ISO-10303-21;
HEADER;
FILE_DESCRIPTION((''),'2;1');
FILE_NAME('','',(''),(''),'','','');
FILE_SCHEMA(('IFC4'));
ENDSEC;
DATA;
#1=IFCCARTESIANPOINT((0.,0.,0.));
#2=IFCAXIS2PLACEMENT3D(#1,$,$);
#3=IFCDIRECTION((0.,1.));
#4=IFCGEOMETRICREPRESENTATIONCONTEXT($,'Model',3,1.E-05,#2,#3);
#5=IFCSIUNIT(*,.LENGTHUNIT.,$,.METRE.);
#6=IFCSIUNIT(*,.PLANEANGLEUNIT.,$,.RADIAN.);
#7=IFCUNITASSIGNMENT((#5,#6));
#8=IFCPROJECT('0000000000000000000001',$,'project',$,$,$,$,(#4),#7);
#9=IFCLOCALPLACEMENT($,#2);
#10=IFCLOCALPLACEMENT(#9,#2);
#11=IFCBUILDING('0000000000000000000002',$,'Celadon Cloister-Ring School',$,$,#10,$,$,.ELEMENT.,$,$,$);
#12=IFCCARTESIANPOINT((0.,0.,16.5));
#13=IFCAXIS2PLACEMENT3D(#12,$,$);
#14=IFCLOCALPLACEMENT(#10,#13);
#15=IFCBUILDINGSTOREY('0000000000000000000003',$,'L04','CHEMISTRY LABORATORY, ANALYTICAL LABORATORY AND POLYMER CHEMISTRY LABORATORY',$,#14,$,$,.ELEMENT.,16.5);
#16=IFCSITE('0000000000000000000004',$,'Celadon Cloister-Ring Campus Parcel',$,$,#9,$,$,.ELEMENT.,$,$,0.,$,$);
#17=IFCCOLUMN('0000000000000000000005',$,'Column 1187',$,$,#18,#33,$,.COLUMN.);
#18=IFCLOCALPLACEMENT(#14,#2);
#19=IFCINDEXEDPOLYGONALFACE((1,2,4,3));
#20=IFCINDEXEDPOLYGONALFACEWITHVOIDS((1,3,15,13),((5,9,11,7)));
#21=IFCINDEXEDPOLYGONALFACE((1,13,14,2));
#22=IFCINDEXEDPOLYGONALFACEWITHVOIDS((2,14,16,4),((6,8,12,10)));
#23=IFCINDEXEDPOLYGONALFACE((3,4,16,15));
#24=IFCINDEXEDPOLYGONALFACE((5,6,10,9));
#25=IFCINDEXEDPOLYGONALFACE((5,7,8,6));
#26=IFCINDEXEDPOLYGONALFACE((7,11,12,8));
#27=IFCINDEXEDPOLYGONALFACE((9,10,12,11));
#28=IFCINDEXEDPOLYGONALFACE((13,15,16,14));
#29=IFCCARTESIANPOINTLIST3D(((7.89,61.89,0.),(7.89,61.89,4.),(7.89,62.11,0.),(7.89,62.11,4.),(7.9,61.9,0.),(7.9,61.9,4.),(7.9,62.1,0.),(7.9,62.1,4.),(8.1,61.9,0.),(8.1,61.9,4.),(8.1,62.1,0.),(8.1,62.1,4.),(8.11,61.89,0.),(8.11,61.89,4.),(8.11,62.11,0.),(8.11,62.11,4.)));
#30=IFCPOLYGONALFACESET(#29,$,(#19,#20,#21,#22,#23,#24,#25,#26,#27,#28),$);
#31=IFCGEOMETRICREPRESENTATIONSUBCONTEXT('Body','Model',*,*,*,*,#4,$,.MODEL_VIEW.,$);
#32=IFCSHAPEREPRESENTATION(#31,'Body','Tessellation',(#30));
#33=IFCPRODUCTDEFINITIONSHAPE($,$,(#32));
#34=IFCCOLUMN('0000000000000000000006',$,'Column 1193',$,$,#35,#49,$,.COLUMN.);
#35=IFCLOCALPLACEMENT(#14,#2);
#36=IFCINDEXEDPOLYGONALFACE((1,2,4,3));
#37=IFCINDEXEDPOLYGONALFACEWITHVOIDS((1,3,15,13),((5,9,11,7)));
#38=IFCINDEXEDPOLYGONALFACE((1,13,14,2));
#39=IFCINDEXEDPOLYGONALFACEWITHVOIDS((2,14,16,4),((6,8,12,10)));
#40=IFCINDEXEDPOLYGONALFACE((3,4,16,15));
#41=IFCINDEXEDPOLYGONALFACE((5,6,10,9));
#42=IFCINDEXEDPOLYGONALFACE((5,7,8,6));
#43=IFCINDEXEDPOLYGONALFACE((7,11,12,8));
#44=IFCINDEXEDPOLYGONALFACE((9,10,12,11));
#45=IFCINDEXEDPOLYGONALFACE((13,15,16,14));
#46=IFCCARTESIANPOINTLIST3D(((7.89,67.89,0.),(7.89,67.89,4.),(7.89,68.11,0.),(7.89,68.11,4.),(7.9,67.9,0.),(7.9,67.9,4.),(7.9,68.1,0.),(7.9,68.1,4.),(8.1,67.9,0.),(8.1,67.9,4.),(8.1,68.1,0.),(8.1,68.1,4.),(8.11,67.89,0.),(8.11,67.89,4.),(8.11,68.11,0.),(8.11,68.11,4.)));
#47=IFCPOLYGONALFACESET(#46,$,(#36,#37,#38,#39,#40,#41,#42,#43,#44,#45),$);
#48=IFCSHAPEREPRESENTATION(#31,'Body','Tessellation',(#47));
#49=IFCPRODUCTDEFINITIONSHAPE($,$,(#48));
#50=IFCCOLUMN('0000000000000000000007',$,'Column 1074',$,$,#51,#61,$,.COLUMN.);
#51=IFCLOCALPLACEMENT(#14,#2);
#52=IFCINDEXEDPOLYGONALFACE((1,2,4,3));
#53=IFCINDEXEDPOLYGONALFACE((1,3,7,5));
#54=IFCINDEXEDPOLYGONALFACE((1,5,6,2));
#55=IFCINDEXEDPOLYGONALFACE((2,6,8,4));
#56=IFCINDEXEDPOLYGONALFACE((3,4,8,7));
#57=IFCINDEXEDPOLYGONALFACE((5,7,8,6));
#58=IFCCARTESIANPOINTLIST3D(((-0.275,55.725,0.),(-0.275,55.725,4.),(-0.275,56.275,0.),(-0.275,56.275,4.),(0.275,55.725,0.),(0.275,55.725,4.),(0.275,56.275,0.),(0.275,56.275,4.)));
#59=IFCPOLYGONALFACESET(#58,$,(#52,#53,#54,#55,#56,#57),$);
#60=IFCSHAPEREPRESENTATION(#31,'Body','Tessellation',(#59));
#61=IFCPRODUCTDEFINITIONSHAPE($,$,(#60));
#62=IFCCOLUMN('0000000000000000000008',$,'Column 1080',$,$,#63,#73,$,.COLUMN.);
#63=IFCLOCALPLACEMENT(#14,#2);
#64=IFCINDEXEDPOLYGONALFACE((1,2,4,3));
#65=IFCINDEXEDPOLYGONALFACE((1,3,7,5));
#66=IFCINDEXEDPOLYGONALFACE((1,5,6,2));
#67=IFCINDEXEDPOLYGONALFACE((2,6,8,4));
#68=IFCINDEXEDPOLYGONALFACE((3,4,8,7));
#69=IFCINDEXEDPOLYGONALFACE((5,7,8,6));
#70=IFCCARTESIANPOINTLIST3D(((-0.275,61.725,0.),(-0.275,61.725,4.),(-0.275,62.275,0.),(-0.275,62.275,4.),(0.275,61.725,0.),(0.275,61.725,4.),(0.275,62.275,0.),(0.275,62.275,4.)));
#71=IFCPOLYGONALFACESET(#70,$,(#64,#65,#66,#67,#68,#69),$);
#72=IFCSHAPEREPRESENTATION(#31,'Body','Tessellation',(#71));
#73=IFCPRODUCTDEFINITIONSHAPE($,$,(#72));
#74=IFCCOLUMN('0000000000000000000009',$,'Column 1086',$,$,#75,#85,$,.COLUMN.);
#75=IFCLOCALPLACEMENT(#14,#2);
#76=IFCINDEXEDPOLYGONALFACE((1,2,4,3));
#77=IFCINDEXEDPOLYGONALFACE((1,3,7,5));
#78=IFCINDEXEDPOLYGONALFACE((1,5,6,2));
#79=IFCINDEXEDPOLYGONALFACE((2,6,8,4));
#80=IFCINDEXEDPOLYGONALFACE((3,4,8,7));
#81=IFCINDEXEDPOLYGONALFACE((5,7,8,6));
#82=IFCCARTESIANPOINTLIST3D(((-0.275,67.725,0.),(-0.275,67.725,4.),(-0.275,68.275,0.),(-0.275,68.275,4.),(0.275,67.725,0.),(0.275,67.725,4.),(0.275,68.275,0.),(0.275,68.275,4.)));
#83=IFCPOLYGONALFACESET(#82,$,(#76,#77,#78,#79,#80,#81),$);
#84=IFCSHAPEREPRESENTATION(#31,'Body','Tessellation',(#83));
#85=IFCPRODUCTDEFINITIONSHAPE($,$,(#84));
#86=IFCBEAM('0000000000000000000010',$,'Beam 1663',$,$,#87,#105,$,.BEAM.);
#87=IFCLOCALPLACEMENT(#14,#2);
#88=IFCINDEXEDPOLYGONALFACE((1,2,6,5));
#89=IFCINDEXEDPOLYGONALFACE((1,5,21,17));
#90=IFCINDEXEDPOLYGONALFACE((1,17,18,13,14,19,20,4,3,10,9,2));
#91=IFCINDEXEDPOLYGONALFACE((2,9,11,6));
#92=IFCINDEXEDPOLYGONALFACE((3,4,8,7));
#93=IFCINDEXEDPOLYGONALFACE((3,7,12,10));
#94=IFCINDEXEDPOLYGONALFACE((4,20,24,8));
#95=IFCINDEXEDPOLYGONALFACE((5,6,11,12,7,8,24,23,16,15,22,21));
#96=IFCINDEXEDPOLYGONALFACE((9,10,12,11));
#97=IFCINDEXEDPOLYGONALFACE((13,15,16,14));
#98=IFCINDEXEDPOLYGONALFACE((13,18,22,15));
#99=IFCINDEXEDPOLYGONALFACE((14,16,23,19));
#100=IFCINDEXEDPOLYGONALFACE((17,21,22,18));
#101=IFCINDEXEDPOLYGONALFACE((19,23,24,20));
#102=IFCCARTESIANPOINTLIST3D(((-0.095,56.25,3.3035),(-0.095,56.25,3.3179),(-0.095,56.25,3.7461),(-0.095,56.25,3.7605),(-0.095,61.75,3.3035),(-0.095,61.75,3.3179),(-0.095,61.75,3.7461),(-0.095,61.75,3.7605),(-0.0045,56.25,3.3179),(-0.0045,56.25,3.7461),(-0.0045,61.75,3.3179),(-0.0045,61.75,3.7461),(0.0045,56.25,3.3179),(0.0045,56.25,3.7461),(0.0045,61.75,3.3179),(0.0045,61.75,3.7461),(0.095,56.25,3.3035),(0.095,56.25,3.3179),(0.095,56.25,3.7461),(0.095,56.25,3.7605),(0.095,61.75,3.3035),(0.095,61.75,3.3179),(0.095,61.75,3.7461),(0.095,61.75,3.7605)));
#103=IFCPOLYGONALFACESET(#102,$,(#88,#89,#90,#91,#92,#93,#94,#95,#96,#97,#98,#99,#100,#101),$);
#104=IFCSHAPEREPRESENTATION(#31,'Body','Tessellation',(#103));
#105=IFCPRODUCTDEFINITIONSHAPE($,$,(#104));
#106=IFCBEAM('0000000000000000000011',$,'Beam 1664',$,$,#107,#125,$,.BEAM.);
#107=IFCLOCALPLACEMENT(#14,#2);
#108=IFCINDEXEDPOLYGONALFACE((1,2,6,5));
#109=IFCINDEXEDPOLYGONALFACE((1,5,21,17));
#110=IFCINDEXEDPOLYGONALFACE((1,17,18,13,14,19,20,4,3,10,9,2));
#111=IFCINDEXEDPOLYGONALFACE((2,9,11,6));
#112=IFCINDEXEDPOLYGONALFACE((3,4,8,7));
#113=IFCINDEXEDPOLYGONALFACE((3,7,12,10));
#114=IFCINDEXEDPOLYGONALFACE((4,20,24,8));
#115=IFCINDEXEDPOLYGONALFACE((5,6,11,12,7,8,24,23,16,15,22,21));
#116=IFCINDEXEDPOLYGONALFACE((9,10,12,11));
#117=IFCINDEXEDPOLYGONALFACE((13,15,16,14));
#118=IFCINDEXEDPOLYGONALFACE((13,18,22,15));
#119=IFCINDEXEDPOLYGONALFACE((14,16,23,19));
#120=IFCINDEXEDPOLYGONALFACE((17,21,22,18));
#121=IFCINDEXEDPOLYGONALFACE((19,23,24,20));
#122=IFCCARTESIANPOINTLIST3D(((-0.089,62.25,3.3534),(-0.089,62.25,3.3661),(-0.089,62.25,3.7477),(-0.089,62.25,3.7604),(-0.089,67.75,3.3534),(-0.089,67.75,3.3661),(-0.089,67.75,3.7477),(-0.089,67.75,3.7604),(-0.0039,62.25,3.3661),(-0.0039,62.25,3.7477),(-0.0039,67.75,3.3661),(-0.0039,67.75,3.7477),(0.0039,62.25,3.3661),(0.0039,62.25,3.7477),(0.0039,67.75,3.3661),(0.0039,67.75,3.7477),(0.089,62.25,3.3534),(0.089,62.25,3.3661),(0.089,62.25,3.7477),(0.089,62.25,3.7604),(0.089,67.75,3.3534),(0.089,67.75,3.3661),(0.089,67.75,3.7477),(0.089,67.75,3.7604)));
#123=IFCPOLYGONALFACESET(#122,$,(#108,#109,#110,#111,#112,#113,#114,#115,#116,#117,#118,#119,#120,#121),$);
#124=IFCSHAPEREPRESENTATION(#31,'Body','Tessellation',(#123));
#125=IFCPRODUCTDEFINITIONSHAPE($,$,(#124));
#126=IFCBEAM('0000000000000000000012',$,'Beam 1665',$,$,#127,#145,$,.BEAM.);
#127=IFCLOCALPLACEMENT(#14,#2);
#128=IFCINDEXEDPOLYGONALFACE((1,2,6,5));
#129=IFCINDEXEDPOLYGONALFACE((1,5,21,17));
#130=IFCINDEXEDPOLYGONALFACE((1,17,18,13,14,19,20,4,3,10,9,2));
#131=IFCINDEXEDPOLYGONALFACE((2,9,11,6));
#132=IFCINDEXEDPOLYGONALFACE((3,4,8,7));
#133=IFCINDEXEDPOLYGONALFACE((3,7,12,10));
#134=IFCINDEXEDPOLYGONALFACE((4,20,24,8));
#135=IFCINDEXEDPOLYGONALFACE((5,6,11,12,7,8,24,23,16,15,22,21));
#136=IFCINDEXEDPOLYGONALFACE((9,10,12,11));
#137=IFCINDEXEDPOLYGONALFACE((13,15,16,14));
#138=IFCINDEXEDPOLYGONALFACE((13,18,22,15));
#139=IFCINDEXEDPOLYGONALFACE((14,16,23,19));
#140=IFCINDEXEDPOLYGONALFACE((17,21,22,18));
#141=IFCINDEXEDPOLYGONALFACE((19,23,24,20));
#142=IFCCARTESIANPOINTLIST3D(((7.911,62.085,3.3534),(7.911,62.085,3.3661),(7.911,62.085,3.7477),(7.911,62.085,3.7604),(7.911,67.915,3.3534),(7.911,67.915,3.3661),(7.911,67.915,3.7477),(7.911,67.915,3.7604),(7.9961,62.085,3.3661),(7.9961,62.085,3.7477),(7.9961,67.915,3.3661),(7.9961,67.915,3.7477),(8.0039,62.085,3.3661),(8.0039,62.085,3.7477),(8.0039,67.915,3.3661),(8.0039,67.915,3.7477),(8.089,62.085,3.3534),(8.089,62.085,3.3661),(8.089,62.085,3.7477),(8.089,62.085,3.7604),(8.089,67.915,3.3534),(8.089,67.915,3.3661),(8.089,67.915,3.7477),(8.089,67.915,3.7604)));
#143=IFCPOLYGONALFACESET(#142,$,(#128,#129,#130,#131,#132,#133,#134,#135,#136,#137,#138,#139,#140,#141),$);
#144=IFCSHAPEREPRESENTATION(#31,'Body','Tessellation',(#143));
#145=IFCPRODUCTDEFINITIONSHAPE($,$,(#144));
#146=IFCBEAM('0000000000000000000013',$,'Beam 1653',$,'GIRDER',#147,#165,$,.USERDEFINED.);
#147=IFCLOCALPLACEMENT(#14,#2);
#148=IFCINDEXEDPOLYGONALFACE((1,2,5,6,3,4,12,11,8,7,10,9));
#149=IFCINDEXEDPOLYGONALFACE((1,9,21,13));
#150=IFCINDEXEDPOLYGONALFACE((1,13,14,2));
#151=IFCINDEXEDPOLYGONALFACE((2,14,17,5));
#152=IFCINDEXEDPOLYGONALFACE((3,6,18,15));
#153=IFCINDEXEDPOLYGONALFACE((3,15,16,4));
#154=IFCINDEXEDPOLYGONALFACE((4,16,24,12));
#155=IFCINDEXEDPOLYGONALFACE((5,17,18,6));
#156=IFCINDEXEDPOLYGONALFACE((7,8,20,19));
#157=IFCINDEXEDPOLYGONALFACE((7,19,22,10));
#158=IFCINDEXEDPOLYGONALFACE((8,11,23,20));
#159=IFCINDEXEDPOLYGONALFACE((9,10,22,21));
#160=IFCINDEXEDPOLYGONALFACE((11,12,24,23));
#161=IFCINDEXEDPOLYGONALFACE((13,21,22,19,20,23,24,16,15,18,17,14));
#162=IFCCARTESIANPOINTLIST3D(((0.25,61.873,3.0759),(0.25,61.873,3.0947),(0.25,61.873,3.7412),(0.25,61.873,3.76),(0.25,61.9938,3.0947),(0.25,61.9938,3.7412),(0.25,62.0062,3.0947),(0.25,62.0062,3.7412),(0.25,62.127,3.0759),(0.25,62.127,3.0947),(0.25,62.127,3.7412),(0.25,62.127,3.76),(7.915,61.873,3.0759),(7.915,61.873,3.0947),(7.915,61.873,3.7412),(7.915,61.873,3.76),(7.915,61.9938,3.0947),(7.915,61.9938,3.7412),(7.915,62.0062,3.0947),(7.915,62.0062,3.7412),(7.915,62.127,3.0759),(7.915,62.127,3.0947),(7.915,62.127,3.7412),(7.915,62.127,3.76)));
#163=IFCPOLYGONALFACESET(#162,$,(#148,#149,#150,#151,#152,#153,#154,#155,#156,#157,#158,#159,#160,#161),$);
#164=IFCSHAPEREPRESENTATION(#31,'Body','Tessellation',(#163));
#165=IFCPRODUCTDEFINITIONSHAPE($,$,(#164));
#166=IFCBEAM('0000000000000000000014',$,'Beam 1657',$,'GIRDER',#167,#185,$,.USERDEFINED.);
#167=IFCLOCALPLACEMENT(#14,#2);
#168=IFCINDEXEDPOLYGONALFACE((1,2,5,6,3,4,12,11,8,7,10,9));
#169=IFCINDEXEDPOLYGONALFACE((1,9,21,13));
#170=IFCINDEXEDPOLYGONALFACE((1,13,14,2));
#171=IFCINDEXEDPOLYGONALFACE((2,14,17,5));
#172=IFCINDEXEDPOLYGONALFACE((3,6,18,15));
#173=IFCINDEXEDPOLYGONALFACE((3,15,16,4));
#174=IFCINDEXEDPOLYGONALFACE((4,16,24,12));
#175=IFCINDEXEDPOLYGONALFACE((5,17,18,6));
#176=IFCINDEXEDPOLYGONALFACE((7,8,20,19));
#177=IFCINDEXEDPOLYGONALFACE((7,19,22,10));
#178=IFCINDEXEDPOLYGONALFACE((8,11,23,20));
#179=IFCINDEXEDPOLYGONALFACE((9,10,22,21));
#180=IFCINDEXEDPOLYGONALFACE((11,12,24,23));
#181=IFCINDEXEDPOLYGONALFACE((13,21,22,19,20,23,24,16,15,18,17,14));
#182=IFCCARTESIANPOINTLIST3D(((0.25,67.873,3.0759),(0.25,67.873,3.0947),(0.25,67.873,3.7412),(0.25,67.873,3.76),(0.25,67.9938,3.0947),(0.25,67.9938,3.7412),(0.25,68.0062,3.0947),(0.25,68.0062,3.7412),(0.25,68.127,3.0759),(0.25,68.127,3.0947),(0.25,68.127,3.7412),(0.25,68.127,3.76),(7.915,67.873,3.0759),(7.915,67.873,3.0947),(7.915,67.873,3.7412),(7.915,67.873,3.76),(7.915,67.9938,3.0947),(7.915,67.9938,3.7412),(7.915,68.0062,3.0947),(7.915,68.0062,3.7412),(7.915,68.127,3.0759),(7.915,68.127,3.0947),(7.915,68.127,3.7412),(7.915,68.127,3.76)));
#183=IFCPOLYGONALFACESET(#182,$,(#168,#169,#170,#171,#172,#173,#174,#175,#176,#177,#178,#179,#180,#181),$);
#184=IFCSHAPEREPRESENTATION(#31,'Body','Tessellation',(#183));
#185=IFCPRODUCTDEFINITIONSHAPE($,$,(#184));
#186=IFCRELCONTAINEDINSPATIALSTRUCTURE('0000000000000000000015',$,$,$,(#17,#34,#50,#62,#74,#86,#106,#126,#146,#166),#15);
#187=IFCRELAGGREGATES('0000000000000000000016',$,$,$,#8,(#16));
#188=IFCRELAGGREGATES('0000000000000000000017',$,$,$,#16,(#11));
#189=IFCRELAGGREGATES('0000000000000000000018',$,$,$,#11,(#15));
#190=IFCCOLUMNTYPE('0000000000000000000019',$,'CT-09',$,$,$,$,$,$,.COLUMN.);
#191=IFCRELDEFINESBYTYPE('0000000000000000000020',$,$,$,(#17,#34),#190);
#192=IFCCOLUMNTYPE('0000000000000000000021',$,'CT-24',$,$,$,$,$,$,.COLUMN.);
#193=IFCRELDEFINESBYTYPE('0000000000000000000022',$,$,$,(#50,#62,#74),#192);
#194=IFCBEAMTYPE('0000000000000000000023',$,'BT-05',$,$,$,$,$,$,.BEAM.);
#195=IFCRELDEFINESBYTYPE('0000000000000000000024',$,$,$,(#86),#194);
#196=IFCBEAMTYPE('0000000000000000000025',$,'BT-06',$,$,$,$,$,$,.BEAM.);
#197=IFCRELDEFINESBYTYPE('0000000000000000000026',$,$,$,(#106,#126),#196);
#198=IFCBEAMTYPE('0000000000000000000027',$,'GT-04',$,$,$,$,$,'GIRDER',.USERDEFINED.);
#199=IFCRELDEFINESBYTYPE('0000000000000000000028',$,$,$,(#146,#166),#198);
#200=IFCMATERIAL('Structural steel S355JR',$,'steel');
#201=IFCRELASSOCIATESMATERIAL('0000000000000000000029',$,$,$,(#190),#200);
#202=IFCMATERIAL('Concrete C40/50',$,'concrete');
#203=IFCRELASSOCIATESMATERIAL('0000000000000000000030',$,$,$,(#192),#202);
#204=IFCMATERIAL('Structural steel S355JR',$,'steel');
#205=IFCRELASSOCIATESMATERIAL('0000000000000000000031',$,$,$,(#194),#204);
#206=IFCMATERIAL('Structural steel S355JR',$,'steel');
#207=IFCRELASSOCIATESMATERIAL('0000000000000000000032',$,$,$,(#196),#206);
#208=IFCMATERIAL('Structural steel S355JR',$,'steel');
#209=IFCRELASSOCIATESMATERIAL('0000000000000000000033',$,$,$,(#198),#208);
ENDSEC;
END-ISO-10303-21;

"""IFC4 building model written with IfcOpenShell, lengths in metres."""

from ifc_helpers import new_model, si_unit, direction, frame, origin, origin_2d, place, context, subcontext, project, spatial, rectangle, hollow_rectangle, i_section, extrude, material, material_profile, profile_set, type_object, element, save


model = new_model("IFC4")

# Units and contexts
model_context = context("Model", 3, precision=1e-05, world=origin(), true_north=direction((0.0, 1.0)))
body_context = subcontext(model_context, "Body", "Model", "MODEL_VIEW")
ifc_project = project(units=[si_unit("LENGTHUNIT", "METRE"), si_unit("PLANEANGLEUNIT", "RADIAN")], contexts=[model_context])

# Site, building, storey
site_placement = place(None, origin())
site = spatial("IfcSite", under=ifc_project, at=site_placement, Name="Celadon Cloister-Ring Campus Parcel", CompositionType="ELEMENT", RefElevation=0.0)
building_placement = place(site_placement, origin())
building = spatial("IfcBuilding", under=site, at=building_placement, Name="Celadon Cloister-Ring School", CompositionType="ELEMENT")
storey_placement = place(building_placement, frame((0.0, 0.0, 16.5)))
storey = spatial("IfcBuildingStorey", under=building, at=storey_placement, Name="L04", Description="CHEMISTRY LABORATORY, ANALYTICAL LABORATORY AND POLYMER CHEMISTRY LABORATORY", CompositionType="ELEMENT", Elevation=16.5)

# Columns
ifc_material_1 = material(Name="Structural steel S355JR", Category="steel")
ifc_material_profile_1 = material_profile(ifc_material_1, hollow_rectangle(XDim=0.22, YDim=0.22, WallThickness=0.01, at=origin_2d()), Name="HSS220X220X10")
ifc_profile_set_1 = profile_set([ifc_material_profile_1], Name="Structural steel S355JR")
column_type_1 = type_object("IfcColumnType", Name="CT-09", PredefinedType="COLUMN", material=ifc_profile_set_1)
for number, where, z_axis, x_axis, name in (
    (1, (8.0, 62.0, 0.0), (0.0, 0.0, 1.0), (1.0, 0.0, 0.0), "Column 1187"),
    (2, (8.0, 68.0, 0.0), (0.0, 0.0, 1.0), (1.0, 0.0, 0.0), "Column 1193"),
):
    element("IfcColumn", number, at=place(storey_placement, frame(where, z_axis=z_axis, x_axis=x_axis)), inside=storey, type_object=column_type_1, Name=name, PredefinedType="COLUMN", context=body_context, shape_type="SweptSolid", body=[
        extrude(hollow_rectangle(XDim=0.22, YDim=0.22, WallThickness=0.01, at=origin_2d()), origin(), (0.0, 0.0, 1.0), 4.0),
    ])
ifc_material_2 = material(Name="Concrete C40/50", Category="concrete")
ifc_material_profile_2 = material_profile(ifc_material_2, rectangle(XDim=0.55, YDim=0.55, at=origin_2d()), Name="RC550X550")
ifc_profile_set_2 = profile_set([ifc_material_profile_2], Name="Concrete C40/50")
column_type_2 = type_object("IfcColumnType", Name="CT-24", PredefinedType="COLUMN", material=ifc_profile_set_2)
for number, where, z_axis, x_axis, name in (
    (3, (0.0, 56.0, 0.0), (0.0, 0.0, 1.0), (1.0, 0.0, 0.0), "Column 1074"),
    (4, (0.0, 62.0, 0.0), (0.0, 0.0, 1.0), (1.0, 0.0, 0.0), "Column 1080"),
    (5, (0.0, 68.0, 0.0), (0.0, 0.0, 1.0), (1.0, 0.0, 0.0), "Column 1086"),
):
    element("IfcColumn", number, at=place(storey_placement, frame(where, z_axis=z_axis, x_axis=x_axis)), inside=storey, type_object=column_type_2, Name=name, PredefinedType="COLUMN", context=body_context, shape_type="SweptSolid", body=[
        extrude(rectangle(XDim=0.55, YDim=0.55, at=origin_2d()), origin(), (0.0, 0.0, 1.0), 4.0),
    ])

# Beams
ifc_material_3 = material(Name="Structural steel S355JR", Category="steel")
ifc_material_profile_3 = material_profile(ifc_material_3, i_section(OverallWidth=0.1899, OverallDepth=0.457, WebThickness=0.009, FlangeThickness=0.0144, at=origin_2d()), Name="W460X74")
ifc_profile_set_3 = profile_set([ifc_material_profile_3], Name="Structural steel S355JR")
beam_type_1 = type_object("IfcBeamType", Name="BT-05", PredefinedType="BEAM", material=ifc_profile_set_3)
beam_1_placement = place(storey_placement, frame((0.0, 56.25, 3.532), z_axis=(0.0, 1.0, 0.0), x_axis=(-1.0, 0.0, 0.0)))
element("IfcBeam", 6, at=beam_1_placement, inside=storey, type_object=beam_type_1, Name="Beam 1663", PredefinedType="BEAM", context=body_context, shape_type="SweptSolid", body=[
    extrude(i_section(OverallWidth=0.1899, OverallDepth=0.457, WebThickness=0.009, FlangeThickness=0.0144, at=origin_2d()), origin(), (0.0, 0.0, 1.0), 5.5),
])
ifc_material_4 = material(Name="Structural steel S355JR", Category="steel")
ifc_material_profile_4 = material_profile(ifc_material_4, i_section(OverallWidth=0.178, OverallDepth=0.407, WebThickness=0.0078, FlangeThickness=0.0127, at=origin_2d()), Name="W410X60")
ifc_profile_set_4 = profile_set([ifc_material_profile_4], Name="Structural steel S355JR")
beam_type_2 = type_object("IfcBeamType", Name="BT-06", PredefinedType="BEAM", material=ifc_profile_set_4)
beam_2_placement = place(storey_placement, frame((0.0, 62.25, 3.5569), z_axis=(0.0, 1.0, 0.0), x_axis=(-1.0, 0.0, 0.0)))
element("IfcBeam", 7, at=beam_2_placement, inside=storey, type_object=beam_type_2, Name="Beam 1664", PredefinedType="BEAM", context=body_context, shape_type="SweptSolid", body=[
    extrude(i_section(OverallWidth=0.178, OverallDepth=0.407, WebThickness=0.0078, FlangeThickness=0.0127, at=origin_2d()), origin(), (0.0, 0.0, 1.0), 5.5),
])
beam_3_placement = place(storey_placement, frame((8.0, 62.085, 3.5569), z_axis=(0.0, 1.0, 0.0), x_axis=(-1.0, 0.0, 0.0)))
element("IfcBeam", 8, at=beam_3_placement, inside=storey, type_object=beam_type_2, Name="Beam 1665", PredefinedType="BEAM", context=body_context, shape_type="SweptSolid", body=[
    extrude(i_section(OverallWidth=0.178, OverallDepth=0.407, WebThickness=0.0078, FlangeThickness=0.0127, at=origin_2d()), origin(), (0.0, 0.0, 1.0), 5.8301),
])
ifc_material_5 = material(Name="Structural steel S355JR", Category="steel")
ifc_material_profile_5 = material_profile(ifc_material_5, i_section(OverallWidth=0.2539, OverallDepth=0.6841, WebThickness=0.0125, FlangeThickness=0.0188, at=origin_2d()), Name="W690X140")
ifc_profile_set_5 = profile_set([ifc_material_profile_5], Name="Structural steel S355JR")
beam_type_3 = type_object("IfcBeamType", Name="GT-04", ElementType="GIRDER", PredefinedType="USERDEFINED", material=ifc_profile_set_5)
for number, where, z_axis, x_axis, name in (
    (9, (0.25, 62.0, 3.418), (1.0, 0.0, 0.0), (0.0, 1.0, 0.0), "Beam 1653"),
    (10, (0.25, 68.0, 3.418), (1.0, 0.0, 0.0), (0.0, 1.0, 0.0), "Beam 1657"),
):
    element("IfcBeam", number, at=place(storey_placement, frame(where, z_axis=z_axis, x_axis=x_axis)), inside=storey, type_object=beam_type_3, Name=name, ObjectType="GIRDER", PredefinedType="USERDEFINED", context=body_context, shape_type="SweptSolid", body=[
        extrude(i_section(OverallWidth=0.2539, OverallDepth=0.6841, WebThickness=0.0125, FlangeThickness=0.0188, at=origin_2d()), origin(), (0.0, 0.0, 1.0), 7.665),
    ])

save(model, "model.ifc")
